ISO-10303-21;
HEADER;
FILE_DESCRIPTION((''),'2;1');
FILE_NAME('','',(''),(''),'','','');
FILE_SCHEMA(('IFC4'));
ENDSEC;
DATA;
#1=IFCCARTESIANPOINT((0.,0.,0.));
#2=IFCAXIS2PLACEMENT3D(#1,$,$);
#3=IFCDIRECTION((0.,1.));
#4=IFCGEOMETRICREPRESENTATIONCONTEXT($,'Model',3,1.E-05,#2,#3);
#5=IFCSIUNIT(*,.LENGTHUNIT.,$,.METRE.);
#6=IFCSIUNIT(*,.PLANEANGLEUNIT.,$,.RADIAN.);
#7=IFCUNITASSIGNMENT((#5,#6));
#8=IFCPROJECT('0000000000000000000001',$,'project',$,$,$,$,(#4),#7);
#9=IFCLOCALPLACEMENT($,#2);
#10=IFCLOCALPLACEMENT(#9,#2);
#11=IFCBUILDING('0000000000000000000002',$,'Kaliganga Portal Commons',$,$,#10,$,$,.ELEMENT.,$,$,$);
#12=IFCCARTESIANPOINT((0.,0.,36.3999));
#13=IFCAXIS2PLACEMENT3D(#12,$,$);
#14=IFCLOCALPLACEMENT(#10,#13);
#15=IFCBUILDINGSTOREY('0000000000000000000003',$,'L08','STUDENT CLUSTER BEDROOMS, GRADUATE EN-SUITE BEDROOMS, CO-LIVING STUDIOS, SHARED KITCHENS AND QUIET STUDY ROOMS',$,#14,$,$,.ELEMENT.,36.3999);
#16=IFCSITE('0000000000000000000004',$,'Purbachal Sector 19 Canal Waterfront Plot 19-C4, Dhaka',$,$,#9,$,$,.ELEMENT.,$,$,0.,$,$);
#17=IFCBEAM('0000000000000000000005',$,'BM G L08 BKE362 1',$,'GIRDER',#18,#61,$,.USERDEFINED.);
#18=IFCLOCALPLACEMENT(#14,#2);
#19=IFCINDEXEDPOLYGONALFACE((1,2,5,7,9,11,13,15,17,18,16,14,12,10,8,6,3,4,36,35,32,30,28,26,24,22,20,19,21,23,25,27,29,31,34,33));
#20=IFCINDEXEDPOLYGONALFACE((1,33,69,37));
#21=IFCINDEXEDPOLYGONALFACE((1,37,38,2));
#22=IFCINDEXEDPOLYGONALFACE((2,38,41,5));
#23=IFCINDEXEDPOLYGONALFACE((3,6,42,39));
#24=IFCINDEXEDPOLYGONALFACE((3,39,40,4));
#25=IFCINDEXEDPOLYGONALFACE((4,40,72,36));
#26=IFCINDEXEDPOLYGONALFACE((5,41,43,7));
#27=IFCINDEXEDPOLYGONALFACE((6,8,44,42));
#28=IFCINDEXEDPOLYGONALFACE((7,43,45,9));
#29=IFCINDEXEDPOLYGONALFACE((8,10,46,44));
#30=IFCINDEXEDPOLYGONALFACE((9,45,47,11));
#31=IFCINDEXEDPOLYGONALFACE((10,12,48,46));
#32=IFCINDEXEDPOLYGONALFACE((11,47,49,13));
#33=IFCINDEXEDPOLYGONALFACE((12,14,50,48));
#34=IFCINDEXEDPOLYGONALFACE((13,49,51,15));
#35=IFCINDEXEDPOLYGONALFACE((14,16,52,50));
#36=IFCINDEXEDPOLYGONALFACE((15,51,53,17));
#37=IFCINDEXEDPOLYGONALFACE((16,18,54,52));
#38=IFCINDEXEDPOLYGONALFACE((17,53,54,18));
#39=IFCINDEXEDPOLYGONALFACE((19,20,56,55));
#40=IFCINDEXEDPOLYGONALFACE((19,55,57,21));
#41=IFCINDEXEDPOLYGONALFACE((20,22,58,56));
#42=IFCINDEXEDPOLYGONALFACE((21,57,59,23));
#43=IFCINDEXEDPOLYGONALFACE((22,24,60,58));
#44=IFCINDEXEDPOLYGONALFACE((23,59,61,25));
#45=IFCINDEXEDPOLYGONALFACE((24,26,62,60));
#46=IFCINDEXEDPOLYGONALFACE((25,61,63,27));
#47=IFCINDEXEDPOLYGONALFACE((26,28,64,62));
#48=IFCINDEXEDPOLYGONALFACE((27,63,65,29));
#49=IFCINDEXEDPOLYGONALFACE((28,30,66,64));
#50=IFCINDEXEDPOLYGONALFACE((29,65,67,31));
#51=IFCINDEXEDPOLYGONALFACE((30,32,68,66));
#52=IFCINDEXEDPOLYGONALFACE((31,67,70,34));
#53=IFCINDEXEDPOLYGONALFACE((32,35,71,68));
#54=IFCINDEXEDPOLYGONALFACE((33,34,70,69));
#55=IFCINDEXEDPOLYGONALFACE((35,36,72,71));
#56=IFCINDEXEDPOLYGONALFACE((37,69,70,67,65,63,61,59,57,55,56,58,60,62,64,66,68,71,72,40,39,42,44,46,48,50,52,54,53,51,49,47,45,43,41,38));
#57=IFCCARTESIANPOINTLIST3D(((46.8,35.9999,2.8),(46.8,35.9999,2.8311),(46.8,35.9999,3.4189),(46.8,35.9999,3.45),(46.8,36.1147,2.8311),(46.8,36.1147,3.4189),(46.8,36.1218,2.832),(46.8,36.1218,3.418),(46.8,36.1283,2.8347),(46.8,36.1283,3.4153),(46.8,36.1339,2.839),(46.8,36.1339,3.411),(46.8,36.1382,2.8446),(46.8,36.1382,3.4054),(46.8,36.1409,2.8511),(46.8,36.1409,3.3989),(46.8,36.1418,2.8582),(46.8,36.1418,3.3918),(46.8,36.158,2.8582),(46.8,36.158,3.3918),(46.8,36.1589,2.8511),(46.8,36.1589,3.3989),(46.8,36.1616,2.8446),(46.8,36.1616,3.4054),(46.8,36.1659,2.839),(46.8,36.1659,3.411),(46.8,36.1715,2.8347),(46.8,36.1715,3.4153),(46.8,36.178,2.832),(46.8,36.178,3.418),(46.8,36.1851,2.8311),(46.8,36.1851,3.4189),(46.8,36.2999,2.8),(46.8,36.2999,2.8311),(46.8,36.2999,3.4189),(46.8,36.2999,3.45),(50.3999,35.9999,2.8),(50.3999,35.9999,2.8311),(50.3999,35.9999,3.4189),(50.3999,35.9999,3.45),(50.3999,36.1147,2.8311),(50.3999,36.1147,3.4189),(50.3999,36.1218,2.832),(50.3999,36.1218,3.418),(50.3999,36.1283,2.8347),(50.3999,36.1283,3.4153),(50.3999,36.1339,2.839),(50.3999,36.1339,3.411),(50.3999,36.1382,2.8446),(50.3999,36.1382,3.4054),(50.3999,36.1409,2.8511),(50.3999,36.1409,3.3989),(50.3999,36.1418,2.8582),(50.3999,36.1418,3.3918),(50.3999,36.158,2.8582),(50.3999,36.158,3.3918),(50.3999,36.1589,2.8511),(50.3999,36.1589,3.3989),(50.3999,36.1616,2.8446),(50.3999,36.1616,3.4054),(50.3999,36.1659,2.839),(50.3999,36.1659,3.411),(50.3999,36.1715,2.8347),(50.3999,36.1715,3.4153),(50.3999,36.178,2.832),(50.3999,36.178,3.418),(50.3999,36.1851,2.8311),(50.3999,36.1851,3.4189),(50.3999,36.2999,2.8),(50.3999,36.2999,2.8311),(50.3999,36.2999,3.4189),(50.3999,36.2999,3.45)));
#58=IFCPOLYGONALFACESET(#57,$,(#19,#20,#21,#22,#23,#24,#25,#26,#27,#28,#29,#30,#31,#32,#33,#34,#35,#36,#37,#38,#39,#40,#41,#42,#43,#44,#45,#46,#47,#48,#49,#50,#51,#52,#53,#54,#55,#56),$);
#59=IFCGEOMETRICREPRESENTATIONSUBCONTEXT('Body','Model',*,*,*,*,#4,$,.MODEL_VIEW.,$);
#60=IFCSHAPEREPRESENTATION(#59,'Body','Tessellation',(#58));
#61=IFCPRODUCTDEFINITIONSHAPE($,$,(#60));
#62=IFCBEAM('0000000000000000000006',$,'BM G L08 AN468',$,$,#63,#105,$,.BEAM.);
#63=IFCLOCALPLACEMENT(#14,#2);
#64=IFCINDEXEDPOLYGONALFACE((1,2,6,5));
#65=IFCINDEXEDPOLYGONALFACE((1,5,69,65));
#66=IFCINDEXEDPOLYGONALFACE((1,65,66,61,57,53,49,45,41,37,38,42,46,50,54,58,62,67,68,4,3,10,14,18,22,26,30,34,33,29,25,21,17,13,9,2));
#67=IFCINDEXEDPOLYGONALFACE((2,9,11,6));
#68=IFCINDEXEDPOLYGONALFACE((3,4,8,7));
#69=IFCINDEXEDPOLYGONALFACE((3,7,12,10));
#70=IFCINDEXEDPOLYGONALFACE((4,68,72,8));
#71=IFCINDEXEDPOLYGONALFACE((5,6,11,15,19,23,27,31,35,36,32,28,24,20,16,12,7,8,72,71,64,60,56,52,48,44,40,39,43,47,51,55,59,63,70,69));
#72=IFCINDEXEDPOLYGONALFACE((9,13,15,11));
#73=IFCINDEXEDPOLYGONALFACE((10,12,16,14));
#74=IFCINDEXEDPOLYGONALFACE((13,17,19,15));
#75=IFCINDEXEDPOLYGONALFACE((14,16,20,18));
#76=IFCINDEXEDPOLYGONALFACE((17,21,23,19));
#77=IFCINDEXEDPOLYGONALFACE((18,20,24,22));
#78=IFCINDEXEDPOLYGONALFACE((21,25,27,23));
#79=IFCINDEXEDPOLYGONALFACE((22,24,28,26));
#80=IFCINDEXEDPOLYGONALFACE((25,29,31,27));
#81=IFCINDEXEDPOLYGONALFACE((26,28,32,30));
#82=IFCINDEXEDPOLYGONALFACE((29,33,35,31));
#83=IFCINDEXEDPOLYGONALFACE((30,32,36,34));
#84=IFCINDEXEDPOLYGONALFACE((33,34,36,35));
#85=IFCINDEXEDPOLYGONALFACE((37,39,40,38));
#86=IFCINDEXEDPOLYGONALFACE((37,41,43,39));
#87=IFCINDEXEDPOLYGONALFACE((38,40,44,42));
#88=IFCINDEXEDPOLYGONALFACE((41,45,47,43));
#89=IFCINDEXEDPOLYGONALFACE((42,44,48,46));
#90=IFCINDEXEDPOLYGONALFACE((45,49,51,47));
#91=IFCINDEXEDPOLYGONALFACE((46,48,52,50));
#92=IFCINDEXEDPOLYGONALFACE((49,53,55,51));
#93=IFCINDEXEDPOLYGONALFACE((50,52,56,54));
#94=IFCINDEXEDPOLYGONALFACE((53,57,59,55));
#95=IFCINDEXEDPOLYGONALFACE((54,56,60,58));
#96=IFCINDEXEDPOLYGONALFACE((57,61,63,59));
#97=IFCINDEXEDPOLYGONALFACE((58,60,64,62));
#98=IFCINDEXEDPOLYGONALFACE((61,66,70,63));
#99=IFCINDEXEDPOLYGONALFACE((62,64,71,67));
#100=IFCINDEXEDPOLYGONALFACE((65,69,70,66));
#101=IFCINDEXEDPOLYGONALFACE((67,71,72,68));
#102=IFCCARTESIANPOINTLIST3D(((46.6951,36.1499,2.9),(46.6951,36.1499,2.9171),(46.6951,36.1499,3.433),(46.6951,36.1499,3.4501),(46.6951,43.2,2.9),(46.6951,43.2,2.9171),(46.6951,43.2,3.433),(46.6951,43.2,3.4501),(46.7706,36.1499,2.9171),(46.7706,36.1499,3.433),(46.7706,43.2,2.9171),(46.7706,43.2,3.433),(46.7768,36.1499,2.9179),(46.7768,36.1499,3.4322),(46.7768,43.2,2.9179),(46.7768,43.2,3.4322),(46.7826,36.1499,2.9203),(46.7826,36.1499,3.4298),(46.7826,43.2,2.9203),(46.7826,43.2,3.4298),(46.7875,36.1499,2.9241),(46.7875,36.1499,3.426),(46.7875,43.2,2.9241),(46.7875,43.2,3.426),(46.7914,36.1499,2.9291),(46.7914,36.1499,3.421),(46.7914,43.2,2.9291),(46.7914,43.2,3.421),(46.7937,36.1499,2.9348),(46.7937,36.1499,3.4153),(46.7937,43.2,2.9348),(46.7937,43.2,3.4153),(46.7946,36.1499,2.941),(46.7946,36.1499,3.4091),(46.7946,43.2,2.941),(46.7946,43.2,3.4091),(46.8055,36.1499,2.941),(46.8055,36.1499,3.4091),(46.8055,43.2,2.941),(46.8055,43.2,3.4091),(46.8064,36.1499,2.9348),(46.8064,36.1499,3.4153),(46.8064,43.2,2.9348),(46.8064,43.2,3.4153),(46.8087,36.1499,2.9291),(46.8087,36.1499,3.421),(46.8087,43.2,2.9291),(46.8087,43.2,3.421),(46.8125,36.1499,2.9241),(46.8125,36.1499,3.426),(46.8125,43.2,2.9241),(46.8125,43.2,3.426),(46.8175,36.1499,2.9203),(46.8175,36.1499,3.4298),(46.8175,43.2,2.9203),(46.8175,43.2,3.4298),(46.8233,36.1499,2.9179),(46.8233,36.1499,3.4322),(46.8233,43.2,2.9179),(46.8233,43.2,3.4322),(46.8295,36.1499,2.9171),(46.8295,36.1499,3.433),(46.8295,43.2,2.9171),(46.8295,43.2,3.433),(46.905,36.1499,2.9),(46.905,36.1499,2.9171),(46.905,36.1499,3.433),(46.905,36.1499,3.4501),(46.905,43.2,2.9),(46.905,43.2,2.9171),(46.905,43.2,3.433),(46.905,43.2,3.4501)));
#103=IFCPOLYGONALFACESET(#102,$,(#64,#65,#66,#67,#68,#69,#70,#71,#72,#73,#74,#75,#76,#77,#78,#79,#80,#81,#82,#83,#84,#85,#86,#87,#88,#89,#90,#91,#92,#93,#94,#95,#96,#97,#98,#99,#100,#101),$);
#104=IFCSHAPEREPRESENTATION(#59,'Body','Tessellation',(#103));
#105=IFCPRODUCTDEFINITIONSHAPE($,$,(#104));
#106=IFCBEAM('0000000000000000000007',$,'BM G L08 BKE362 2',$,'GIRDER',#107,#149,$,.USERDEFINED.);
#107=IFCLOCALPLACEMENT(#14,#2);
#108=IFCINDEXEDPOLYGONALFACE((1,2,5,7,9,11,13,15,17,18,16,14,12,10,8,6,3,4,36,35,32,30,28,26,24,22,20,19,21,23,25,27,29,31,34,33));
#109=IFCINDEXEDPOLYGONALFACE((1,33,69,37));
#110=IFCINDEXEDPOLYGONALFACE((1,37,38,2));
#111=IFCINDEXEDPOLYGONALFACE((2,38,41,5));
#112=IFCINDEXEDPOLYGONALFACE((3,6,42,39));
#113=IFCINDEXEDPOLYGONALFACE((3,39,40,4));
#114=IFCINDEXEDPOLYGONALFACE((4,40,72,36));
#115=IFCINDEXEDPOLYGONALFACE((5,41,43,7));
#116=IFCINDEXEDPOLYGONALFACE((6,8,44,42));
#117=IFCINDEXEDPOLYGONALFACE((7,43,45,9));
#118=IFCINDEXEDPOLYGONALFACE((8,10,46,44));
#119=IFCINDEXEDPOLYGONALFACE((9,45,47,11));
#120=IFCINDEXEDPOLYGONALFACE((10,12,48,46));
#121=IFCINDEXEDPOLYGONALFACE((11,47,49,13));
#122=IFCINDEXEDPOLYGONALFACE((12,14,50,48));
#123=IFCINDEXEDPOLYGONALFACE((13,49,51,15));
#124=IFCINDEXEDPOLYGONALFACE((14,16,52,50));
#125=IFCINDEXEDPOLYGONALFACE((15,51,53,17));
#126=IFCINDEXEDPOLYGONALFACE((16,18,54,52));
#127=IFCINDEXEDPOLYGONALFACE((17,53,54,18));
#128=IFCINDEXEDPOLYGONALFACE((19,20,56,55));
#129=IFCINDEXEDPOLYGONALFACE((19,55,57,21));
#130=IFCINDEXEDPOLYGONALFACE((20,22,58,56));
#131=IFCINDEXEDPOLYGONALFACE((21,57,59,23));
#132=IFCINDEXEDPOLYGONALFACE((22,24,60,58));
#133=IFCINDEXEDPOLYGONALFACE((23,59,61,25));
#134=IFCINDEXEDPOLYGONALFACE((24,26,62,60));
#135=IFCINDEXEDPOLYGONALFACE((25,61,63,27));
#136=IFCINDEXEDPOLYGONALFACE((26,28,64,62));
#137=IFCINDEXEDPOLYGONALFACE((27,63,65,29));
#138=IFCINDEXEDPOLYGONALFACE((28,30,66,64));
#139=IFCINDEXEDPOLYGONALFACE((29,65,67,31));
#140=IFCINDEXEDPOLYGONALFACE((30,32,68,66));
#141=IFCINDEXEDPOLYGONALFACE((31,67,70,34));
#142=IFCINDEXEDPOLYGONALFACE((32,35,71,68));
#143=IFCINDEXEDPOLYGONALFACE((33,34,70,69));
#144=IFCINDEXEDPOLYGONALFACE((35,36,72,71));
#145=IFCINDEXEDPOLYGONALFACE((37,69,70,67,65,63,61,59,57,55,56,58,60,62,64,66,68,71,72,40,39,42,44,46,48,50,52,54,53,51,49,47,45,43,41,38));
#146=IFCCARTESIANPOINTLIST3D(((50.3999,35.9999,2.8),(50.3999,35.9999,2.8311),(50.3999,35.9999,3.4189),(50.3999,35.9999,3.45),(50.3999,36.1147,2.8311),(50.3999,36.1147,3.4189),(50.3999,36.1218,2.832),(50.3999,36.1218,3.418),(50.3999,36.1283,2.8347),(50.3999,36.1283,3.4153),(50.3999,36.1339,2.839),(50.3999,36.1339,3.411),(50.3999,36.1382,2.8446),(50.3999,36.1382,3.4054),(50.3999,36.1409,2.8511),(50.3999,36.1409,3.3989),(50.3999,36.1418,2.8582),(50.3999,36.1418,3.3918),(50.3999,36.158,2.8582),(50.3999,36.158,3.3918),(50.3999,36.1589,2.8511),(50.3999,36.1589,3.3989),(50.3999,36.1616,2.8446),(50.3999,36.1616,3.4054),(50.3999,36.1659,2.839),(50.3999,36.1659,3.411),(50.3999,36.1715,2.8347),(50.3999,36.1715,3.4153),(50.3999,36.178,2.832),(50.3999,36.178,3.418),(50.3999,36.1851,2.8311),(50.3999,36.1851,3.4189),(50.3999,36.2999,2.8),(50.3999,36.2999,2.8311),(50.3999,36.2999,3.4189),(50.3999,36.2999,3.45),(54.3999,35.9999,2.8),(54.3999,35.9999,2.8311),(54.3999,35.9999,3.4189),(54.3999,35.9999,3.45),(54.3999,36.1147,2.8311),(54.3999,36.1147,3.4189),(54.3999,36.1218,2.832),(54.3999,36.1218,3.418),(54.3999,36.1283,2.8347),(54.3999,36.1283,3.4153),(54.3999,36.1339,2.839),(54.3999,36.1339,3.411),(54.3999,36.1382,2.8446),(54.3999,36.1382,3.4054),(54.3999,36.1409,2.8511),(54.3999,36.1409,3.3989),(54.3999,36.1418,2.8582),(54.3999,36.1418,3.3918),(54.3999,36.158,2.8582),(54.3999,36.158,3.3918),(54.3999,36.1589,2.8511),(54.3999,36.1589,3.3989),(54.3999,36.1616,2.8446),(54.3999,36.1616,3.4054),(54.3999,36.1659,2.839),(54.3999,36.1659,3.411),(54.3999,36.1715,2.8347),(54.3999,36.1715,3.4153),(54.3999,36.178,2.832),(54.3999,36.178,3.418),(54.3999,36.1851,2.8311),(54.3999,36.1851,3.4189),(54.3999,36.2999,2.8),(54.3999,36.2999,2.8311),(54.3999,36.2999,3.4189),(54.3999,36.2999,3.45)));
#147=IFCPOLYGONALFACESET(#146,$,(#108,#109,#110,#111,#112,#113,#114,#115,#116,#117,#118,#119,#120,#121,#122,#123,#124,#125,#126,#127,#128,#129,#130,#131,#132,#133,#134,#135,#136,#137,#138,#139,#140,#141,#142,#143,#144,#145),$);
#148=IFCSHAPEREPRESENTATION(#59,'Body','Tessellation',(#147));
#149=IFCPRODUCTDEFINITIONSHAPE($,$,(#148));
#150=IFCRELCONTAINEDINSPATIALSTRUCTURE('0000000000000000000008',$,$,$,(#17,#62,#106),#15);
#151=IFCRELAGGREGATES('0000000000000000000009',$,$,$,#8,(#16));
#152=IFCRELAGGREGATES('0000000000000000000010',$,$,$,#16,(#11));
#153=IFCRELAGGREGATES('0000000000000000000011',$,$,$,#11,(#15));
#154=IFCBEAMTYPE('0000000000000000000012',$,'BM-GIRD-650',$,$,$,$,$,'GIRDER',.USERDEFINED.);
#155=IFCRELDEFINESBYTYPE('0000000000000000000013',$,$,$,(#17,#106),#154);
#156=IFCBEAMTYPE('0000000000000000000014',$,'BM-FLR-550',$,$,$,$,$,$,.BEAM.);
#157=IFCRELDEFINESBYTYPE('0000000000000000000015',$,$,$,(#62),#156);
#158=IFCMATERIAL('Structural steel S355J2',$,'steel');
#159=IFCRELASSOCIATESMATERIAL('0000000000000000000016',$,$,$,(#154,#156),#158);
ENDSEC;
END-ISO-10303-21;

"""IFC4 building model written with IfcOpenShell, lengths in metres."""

from ifc_helpers import new_model, si_unit, direction, frame, origin, origin_2d, place, context, subcontext, project, spatial, i_section, extrude, source, transform, mapped, material, material_profile, profile_set, type_object, element, save


model = new_model("IFC4")

# Units and contexts
model_context = context("Model", 3, precision=1e-05, world=origin(), true_north=direction((0.0, 1.0)))
body_context = subcontext(model_context, "Body", "Model", "MODEL_VIEW")
ifc_project = project(units=[si_unit("LENGTHUNIT", "METRE"), si_unit("PLANEANGLEUNIT", "RADIAN")], contexts=[model_context])

# Site, building, storey
site_placement = place(None, origin())
site = spatial("IfcSite", under=ifc_project, at=site_placement, Name="Purbachal Sector 19 Canal Waterfront Plot 19-C4, Dhaka", CompositionType="ELEMENT", RefElevation=0.0)
building_placement = place(site_placement, origin())
building = spatial("IfcBuilding", under=site, at=building_placement, Name="Kaliganga Portal Commons", CompositionType="ELEMENT")
storey_placement = place(building_placement, frame((0.0, 0.0, 36.3999)))
storey = spatial("IfcBuildingStorey", under=building, at=storey_placement, Name="L08", Description="STUDENT CLUSTER BEDROOMS, GRADUATE EN-SUITE BEDROOMS, CO-LIVING STUDIOS, SHARED KITCHENS AND QUIET STUDY ROOMS", CompositionType="ELEMENT", Elevation=36.3999)

# Beams
ifc_material_1 = material(Name="Structural steel S355J2", Category="steel")
ifc_material_profile_1 = material_profile(ifc_material_1, i_section(OverallWidth=0.3, OverallDepth=0.6499, WebThickness=0.0161, FlangeThickness=0.031, FilletRadius=0.0271, at=origin_2d()), Name="HE 650 B")
ifc_profile_set_1 = profile_set([ifc_material_profile_1], Name="Structural steel S355J2 wide-flange")
beam_type_1 = type_object("IfcBeamType", Name="BM-GIRD-650", ElementType="GIRDER", PredefinedType="USERDEFINED", material=ifc_profile_set_1)
shared_shape_1 = source(origin(), body_context, "Body", "SweptSolid", [
    extrude(i_section(OverallWidth=0.3, OverallDepth=0.6499, WebThickness=0.0161, FlangeThickness=0.031, FilletRadius=0.0271, at=origin_2d()), origin(), (0.0, 0.0, 1.0), 3.5999),
])
beam_1_placement = place(storey_placement, frame((46.8, 36.1499, 3.125), z_axis=(1.0, 0.0, 0.0), x_axis=(0.0, 1.0, 0.0)))
element("IfcBeam", 1, at=beam_1_placement, inside=storey, type_object=beam_type_1, Name="BM G L08 BKE362 1", ObjectType="GIRDER", PredefinedType="USERDEFINED", context=body_context, shape_type="MappedRepresentation", body=[
    mapped(shared_shape_1, transform((0.0, 0.0, 0.0), x_axis=(1.0, 0.0, 0.0), y_axis=(0.0, 1.0, 0.0), z_axis=(0.0, 0.0, 1.0), scale=1.0)),
])
ifc_material_profile_2 = material_profile(ifc_material_1, i_section(OverallWidth=0.21, OverallDepth=0.55, WebThickness=0.011, FlangeThickness=0.0171, FilletRadius=0.0239, at=origin_2d()), Name="IPE 550")
ifc_profile_set_2 = profile_set([ifc_material_profile_2], Name="Structural steel S355J2 wide-flange")
beam_type_2 = type_object("IfcBeamType", Name="BM-FLR-550", PredefinedType="BEAM", material=ifc_profile_set_2)
shared_shape_2 = source(origin(), body_context, "Body", "SweptSolid", [
    extrude(i_section(OverallWidth=0.21, OverallDepth=0.55, WebThickness=0.011, FlangeThickness=0.0171, FilletRadius=0.0239, at=origin_2d()), origin(), (0.0, 0.0, 1.0), 7.05),
])
beam_2_placement = place(storey_placement, frame((46.8, 36.1499, 3.175), z_axis=(0.0, 1.0, 0.0), x_axis=(-1.0, 0.0, 0.0)))
element("IfcBeam", 2, at=beam_2_placement, inside=storey, type_object=beam_type_2, Name="BM G L08 AN468", PredefinedType="BEAM", context=body_context, shape_type="MappedRepresentation", body=[
    mapped(shared_shape_2, transform((0.0, 0.0, 0.0), x_axis=(1.0, 0.0, 0.0), y_axis=(0.0, 1.0, 0.0), z_axis=(0.0, 0.0, 1.0), scale=1.0)),
])
shared_shape_3 = source(origin(), body_context, "Body", "SweptSolid", [
    extrude(i_section(OverallWidth=0.3, OverallDepth=0.6499, WebThickness=0.0161, FlangeThickness=0.031, FilletRadius=0.0271, at=origin_2d()), origin(), (0.0, 0.0, 1.0), 4.0),
])
beam_3_placement = place(storey_placement, frame((50.3999, 36.1499, 3.125), z_axis=(1.0, 0.0, 0.0), x_axis=(0.0, 1.0, 0.0)))
element("IfcBeam", 3, at=beam_3_placement, inside=storey, type_object=beam_type_1, Name="BM G L08 BKE362 2", ObjectType="GIRDER", PredefinedType="USERDEFINED", context=body_context, shape_type="MappedRepresentation", body=[
    mapped(shared_shape_3, transform((0.0, 0.0, 0.0), x_axis=(1.0, 0.0, 0.0), y_axis=(0.0, 1.0, 0.0), z_axis=(0.0, 0.0, 1.0), scale=1.0)),
])

save(model, "model.ifc")
